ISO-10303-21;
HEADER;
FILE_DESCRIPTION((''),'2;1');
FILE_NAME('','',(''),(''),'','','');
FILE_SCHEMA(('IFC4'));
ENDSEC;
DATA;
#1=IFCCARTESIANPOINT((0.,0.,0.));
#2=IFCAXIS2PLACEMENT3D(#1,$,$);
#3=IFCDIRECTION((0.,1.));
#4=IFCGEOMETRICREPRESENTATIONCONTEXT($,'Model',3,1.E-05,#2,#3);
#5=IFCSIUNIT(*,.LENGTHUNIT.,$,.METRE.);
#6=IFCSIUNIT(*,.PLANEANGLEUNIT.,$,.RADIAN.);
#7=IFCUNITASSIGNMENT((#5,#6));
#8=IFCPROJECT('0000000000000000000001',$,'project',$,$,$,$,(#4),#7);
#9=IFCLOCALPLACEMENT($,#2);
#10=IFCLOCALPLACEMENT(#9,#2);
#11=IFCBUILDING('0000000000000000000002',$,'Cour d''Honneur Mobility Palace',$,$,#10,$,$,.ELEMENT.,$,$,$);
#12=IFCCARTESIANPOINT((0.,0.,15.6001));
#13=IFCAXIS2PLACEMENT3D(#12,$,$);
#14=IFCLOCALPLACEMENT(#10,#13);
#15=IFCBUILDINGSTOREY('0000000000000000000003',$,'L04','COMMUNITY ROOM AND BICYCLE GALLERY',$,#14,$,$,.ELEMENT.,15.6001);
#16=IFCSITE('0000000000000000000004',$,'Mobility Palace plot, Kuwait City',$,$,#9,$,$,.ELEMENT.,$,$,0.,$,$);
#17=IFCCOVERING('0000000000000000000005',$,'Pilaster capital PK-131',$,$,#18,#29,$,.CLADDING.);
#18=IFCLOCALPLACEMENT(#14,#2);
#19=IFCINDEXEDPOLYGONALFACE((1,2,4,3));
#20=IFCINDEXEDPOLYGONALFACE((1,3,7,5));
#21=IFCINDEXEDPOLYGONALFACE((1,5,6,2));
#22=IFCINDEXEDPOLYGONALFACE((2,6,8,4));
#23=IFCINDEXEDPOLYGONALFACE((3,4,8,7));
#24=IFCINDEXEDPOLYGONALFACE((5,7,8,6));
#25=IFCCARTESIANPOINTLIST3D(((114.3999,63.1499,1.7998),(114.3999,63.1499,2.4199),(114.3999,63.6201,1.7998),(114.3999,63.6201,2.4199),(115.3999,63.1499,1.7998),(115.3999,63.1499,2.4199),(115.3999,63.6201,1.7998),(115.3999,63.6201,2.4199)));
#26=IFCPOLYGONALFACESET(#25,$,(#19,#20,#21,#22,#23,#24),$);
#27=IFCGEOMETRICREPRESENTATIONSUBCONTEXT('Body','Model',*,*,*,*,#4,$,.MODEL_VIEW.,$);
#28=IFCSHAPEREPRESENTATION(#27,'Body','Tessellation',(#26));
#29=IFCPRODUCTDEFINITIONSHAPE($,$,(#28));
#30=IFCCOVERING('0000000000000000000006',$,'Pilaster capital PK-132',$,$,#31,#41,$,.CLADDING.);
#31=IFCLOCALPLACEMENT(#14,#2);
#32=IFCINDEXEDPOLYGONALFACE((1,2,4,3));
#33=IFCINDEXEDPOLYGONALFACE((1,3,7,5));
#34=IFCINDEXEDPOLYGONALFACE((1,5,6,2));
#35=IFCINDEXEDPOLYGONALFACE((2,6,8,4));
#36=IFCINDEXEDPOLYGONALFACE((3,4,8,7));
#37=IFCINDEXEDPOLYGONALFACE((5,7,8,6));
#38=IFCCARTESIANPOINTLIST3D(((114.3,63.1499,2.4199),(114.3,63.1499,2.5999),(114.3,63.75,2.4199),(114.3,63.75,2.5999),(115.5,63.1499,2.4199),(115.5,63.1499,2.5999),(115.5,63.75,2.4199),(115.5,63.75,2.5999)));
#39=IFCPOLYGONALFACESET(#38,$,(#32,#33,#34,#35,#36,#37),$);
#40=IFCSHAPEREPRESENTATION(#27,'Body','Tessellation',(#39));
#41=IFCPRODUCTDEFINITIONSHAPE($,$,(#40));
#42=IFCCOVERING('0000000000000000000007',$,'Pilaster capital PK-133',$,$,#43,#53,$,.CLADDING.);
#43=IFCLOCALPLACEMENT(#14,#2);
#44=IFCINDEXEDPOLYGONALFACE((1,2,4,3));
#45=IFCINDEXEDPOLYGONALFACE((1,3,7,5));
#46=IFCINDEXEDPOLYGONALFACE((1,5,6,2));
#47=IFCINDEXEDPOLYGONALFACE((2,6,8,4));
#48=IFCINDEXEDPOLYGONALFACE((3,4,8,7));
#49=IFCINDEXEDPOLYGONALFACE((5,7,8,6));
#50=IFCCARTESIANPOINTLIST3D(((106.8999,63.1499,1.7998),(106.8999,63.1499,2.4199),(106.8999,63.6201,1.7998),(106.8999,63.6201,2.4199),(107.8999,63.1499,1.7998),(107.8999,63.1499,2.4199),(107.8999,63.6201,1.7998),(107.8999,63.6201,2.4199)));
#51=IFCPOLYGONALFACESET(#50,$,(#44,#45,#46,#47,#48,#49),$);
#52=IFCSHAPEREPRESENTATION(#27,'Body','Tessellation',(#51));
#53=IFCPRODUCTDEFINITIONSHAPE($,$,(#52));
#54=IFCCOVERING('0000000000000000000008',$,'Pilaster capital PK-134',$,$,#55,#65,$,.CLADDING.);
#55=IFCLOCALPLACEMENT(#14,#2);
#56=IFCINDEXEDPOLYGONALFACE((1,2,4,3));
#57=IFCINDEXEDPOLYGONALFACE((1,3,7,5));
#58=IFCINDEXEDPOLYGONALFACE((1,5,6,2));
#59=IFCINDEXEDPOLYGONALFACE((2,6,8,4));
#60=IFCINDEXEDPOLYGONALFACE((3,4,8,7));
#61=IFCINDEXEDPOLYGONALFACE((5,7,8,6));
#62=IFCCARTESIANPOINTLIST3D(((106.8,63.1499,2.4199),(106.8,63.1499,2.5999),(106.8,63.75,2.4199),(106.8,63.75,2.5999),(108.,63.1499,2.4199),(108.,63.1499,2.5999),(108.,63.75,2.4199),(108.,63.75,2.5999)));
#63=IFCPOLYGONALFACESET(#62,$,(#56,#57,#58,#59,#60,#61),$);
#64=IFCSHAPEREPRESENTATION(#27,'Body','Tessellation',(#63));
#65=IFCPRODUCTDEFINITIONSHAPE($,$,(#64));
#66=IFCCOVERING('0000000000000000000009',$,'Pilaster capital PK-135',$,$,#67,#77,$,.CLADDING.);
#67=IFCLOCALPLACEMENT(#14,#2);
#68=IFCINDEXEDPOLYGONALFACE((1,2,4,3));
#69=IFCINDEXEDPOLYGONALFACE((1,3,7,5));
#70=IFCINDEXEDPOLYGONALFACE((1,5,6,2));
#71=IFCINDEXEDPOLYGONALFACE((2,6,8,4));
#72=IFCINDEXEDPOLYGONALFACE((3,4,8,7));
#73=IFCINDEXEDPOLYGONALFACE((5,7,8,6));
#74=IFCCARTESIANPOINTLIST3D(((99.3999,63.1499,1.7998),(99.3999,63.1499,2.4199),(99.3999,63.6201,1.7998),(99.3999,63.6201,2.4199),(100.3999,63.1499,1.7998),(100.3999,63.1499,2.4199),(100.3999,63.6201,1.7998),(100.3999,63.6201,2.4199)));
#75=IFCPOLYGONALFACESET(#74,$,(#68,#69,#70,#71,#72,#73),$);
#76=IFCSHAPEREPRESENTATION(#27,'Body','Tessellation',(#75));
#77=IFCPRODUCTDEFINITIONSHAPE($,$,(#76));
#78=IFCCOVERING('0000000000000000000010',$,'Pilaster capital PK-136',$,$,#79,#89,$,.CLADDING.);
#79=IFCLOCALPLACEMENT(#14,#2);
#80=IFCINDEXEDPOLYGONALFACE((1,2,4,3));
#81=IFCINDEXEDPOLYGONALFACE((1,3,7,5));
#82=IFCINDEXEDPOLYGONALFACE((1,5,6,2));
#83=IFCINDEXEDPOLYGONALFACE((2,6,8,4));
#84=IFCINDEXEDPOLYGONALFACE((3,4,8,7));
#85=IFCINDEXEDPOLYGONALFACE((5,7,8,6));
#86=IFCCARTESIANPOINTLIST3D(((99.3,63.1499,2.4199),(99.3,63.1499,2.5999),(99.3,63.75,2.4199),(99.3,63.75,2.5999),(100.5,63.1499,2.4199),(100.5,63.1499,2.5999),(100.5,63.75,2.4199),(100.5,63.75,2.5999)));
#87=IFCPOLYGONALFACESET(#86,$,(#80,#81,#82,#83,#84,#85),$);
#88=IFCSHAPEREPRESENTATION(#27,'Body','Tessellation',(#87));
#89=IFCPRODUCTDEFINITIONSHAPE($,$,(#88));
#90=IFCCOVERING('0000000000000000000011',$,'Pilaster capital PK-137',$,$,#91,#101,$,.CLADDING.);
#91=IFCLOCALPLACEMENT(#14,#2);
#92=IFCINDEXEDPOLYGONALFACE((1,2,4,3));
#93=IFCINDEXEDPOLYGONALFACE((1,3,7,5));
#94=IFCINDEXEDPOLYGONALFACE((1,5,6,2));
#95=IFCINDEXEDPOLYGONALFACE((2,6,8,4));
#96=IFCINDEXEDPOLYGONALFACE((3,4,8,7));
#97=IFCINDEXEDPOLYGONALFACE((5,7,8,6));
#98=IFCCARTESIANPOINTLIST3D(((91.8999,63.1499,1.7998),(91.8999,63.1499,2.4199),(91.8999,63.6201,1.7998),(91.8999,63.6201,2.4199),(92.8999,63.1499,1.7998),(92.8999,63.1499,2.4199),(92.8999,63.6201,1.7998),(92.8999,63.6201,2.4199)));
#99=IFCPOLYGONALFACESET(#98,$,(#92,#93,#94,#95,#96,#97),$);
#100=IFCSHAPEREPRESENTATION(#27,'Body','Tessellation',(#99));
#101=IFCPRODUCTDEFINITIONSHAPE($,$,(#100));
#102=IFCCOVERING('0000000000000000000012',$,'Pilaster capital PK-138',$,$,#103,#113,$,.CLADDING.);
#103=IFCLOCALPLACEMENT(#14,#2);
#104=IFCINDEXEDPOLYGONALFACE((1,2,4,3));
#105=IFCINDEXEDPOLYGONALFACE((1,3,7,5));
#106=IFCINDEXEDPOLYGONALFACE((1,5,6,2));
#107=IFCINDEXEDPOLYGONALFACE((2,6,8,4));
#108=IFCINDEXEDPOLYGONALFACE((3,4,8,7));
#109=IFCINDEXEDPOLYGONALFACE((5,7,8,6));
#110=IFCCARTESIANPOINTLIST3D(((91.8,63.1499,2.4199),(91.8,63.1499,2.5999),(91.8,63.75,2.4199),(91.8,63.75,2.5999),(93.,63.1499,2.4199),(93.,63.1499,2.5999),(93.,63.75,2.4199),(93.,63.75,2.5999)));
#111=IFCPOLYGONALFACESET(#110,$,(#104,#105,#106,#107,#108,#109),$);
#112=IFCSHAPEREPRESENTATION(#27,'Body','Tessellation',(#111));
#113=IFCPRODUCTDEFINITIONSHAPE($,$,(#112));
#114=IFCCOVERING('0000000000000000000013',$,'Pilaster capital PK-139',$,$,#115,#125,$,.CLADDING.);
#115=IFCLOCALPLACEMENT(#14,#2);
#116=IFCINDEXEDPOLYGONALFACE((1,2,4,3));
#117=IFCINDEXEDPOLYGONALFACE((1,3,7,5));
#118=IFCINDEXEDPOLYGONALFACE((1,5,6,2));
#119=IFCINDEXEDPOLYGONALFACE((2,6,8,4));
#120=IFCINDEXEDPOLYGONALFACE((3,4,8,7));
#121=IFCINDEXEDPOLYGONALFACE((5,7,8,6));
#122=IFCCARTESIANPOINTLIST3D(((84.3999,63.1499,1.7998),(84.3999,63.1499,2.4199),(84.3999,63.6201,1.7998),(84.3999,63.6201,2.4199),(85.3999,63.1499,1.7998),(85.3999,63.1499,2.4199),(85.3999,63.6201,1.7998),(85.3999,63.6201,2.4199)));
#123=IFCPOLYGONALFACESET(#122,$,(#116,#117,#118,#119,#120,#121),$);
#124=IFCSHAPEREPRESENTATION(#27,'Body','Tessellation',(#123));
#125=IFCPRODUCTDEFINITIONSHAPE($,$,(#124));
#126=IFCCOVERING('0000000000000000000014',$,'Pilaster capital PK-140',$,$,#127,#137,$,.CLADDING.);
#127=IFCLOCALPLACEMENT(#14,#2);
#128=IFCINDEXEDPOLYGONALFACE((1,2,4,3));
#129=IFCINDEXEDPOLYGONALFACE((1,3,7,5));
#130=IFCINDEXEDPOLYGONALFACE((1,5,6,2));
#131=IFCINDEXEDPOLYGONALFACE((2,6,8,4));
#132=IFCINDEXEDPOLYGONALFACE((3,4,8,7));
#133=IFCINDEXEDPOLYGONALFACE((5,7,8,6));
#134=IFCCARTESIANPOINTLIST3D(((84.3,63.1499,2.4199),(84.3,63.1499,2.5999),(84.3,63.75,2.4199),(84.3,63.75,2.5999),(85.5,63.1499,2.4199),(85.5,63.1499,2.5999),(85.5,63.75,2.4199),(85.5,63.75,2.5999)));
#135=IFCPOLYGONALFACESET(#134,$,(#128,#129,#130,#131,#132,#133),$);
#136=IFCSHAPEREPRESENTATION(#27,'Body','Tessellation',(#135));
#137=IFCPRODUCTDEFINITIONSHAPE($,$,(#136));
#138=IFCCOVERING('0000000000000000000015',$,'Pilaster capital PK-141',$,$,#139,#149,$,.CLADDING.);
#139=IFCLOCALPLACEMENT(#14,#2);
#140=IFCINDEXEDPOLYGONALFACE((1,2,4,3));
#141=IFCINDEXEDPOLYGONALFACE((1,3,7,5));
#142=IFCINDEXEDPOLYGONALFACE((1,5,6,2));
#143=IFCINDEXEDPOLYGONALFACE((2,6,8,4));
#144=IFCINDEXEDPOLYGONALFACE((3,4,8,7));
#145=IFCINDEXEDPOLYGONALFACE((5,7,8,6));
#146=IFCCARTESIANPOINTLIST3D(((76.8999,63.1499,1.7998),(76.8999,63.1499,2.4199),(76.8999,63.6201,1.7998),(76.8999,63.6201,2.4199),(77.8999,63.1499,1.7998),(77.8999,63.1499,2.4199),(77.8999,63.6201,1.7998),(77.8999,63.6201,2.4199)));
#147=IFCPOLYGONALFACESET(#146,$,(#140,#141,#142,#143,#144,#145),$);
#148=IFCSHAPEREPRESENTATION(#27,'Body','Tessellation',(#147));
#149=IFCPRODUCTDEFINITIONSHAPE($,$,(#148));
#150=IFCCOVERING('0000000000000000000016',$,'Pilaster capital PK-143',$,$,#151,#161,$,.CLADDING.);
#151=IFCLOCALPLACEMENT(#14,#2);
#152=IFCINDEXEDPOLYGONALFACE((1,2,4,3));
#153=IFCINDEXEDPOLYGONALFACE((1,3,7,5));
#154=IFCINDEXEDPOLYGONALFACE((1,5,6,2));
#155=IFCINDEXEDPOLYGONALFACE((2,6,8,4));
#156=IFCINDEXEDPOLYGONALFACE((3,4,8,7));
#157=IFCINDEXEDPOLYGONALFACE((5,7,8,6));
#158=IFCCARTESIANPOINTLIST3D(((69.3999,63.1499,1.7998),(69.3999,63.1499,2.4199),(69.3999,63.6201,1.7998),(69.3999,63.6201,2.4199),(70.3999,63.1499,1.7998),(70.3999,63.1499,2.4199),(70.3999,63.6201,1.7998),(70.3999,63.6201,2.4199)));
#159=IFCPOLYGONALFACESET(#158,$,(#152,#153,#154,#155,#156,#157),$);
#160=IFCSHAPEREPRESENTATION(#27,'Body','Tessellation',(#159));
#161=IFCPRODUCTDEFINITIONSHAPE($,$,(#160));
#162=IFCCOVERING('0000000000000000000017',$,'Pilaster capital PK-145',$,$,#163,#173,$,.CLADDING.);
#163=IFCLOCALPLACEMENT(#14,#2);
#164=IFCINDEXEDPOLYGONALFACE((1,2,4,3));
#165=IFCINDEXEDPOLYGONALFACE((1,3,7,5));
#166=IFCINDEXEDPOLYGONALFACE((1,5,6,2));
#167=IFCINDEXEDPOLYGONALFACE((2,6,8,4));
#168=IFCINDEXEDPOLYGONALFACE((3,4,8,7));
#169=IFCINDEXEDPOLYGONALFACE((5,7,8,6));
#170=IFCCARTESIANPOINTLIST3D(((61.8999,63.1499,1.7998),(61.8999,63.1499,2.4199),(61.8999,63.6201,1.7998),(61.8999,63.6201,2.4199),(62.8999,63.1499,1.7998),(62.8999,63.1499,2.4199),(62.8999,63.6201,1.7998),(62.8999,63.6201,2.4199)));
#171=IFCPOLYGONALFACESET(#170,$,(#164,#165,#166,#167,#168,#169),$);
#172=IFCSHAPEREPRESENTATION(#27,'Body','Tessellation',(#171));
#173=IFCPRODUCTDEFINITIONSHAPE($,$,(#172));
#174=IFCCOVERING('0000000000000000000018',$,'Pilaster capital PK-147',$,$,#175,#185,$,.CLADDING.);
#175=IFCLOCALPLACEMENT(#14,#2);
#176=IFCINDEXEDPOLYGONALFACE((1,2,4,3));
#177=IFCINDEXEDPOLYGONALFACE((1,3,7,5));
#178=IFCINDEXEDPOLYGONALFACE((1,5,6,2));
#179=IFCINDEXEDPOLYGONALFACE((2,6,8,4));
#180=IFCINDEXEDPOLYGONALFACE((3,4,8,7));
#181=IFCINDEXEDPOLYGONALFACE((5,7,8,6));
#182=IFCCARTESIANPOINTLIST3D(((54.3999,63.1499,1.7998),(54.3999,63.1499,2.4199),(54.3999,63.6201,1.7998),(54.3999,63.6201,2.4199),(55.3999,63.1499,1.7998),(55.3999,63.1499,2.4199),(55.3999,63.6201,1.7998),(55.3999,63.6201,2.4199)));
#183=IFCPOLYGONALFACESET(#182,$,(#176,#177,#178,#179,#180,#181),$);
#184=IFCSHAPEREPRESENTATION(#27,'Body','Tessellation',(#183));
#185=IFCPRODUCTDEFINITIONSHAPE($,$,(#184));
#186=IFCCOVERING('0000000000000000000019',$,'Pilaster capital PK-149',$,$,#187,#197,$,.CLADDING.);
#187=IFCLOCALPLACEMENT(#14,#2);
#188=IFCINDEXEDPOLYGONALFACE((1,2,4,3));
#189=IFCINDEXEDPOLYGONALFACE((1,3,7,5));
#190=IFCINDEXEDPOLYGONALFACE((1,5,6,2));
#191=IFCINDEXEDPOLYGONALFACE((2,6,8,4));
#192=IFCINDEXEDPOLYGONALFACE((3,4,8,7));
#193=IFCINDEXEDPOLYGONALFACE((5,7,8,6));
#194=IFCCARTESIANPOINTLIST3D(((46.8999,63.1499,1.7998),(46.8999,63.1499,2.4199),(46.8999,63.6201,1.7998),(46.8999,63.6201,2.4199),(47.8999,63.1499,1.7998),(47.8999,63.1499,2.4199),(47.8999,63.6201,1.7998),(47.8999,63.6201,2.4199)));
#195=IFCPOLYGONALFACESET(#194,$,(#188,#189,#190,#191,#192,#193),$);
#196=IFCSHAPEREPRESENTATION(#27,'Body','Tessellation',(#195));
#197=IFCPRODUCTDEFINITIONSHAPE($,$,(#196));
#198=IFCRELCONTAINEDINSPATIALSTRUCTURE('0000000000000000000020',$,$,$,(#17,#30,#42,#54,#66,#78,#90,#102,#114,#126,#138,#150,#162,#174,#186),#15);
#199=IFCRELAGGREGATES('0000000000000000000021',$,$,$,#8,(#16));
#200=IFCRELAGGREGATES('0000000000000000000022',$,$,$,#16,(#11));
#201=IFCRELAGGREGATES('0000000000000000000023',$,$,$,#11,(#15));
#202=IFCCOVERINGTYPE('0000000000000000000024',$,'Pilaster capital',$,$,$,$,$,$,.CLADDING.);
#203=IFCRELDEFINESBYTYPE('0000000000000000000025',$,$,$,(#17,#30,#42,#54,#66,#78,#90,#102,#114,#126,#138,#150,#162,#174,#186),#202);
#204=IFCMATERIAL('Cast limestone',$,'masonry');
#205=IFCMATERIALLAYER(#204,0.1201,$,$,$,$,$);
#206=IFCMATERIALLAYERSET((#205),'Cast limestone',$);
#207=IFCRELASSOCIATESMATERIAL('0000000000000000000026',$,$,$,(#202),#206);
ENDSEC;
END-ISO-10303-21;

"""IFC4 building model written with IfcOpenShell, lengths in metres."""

from ifc_helpers import new_model, si_unit, direction, frame, origin, place, context, subcontext, project, spatial, polyline, outline, extrude, material, layer, layer_set, type_object, element, save


model = new_model("IFC4")

# Units and contexts
model_context = context("Model", 3, precision=1e-05, world=origin(), true_north=direction((0.0, 1.0)))
body_context = subcontext(model_context, "Body", "Model", "MODEL_VIEW")
ifc_project = project(units=[si_unit("LENGTHUNIT", "METRE"), si_unit("PLANEANGLEUNIT", "RADIAN")], contexts=[model_context])

# Site, building, storey
site_placement = place(None, origin())
site = spatial("IfcSite", under=ifc_project, at=site_placement, Name="Mobility Palace plot, Kuwait City", CompositionType="ELEMENT", RefElevation=0.0)
building_placement = place(site_placement, origin())
building = spatial("IfcBuilding", under=site, at=building_placement, Name="Cour d'Honneur Mobility Palace", CompositionType="ELEMENT")
storey_placement = place(building_placement, frame((0.0, 0.0, 15.6001)))
storey = spatial("IfcBuildingStorey", under=building, at=storey_placement, Name="L04", Description="COMMUNITY ROOM AND BICYCLE GALLERY", CompositionType="ELEMENT", Elevation=15.6001)

# Coverings
ifc_material_1 = material(Name="Cast limestone", Category="masonry")
ifc_layer_1 = layer(ifc_material_1, 0.1201)
ifc_layer_set_1 = layer_set([ifc_layer_1], Name="Cast limestone")
covering_type_1 = type_object("IfcCoveringType", Name="Pilaster capital", PredefinedType="CLADDING", material=ifc_layer_set_1)
covering_1_placement = place(storey_placement, frame((0.0, 0.0, 1.7998)))
element("IfcCovering", 1, at=covering_1_placement, inside=storey, type_object=covering_type_1, Name="Pilaster capital PK-131", PredefinedType="CLADDING", context=body_context, shape_type="SweptSolid", body=[
    extrude(outline(polyline([(115.3999, 63.1499), (114.3999, 63.1499), (114.3999, 63.6201), (115.3999, 63.6201), (115.3999, 63.1499)])), origin(), (0.0, 0.0, 1.0), 0.6201),
])
covering_2_placement = place(storey_placement, frame((0.0, 0.0, 2.4199)))
element("IfcCovering", 2, at=covering_2_placement, inside=storey, type_object=covering_type_1, Name="Pilaster capital PK-132", PredefinedType="CLADDING", context=body_context, shape_type="SweptSolid", body=[
    extrude(outline(polyline([(115.5, 63.1499), (114.3, 63.1499), (114.3, 63.75), (115.5, 63.75), (115.5, 63.1499)])), origin(), (0.0, 0.0, 1.0), 0.1799),
])
covering_3_placement = place(storey_placement, frame((0.0, 0.0, 1.7998)))
element("IfcCovering", 3, at=covering_3_placement, inside=storey, type_object=covering_type_1, Name="Pilaster capital PK-133", PredefinedType="CLADDING", context=body_context, shape_type="SweptSolid", body=[
    extrude(outline(polyline([(107.8999, 63.1499), (106.8999, 63.1499), (106.8999, 63.6201), (107.8999, 63.6201), (107.8999, 63.1499)])), origin(), (0.0, 0.0, 1.0), 0.6201),
])
covering_4_placement = place(storey_placement, frame((0.0, 0.0, 2.4199)))
element("IfcCovering", 4, at=covering_4_placement, inside=storey, type_object=covering_type_1, Name="Pilaster capital PK-134", PredefinedType="CLADDING", context=body_context, shape_type="SweptSolid", body=[
    extrude(outline(polyline([(108.0, 63.1499), (106.8, 63.1499), (106.8, 63.75), (108.0, 63.75), (108.0, 63.1499)])), origin(), (0.0, 0.0, 1.0), 0.1799),
])
covering_5_placement = place(storey_placement, frame((0.0, 0.0, 1.7998)))
element("IfcCovering", 5, at=covering_5_placement, inside=storey, type_object=covering_type_1, Name="Pilaster capital PK-135", PredefinedType="CLADDING", context=body_context, shape_type="SweptSolid", body=[
    extrude(outline(polyline([(100.3999, 63.1499), (99.3999, 63.1499), (99.3999, 63.6201), (100.3999, 63.6201), (100.3999, 63.1499)])), origin(), (0.0, 0.0, 1.0), 0.6201),
])
covering_6_placement = place(storey_placement, frame((0.0, 0.0, 2.4199)))
element("IfcCovering", 6, at=covering_6_placement, inside=storey, type_object=covering_type_1, Name="Pilaster capital PK-136", PredefinedType="CLADDING", context=body_context, shape_type="SweptSolid", body=[
    extrude(outline(polyline([(100.5, 63.1499), (99.3, 63.1499), (99.3, 63.75), (100.5, 63.75), (100.5, 63.1499)])), origin(), (0.0, 0.0, 1.0), 0.1799),
])
covering_7_placement = place(storey_placement, frame((0.0, 0.0, 1.7998)))
element("IfcCovering", 7, at=covering_7_placement, inside=storey, type_object=covering_type_1, Name="Pilaster capital PK-137", PredefinedType="CLADDING", context=body_context, shape_type="SweptSolid", body=[
    extrude(outline(polyline([(92.8999, 63.1499), (91.8999, 63.1499), (91.8999, 63.6201), (92.8999, 63.6201), (92.8999, 63.1499)])), origin(), (0.0, 0.0, 1.0), 0.6201),
])
covering_8_placement = place(storey_placement, frame((0.0, 0.0, 2.4199)))
element("IfcCovering", 8, at=covering_8_placement, inside=storey, type_object=covering_type_1, Name="Pilaster capital PK-138", PredefinedType="CLADDING", context=body_context, shape_type="SweptSolid", body=[
    extrude(outline(polyline([(93.0, 63.1499), (91.8, 63.1499), (91.8, 63.75), (93.0, 63.75), (93.0, 63.1499)])), origin(), (0.0, 0.0, 1.0), 0.1799),
])
covering_9_placement = place(storey_placement, frame((0.0, 0.0, 1.7998)))
element("IfcCovering", 9, at=covering_9_placement, inside=storey, type_object=covering_type_1, Name="Pilaster capital PK-139", PredefinedType="CLADDING", context=body_context, shape_type="SweptSolid", body=[
    extrude(outline(polyline([(85.3999, 63.1499), (84.3999, 63.1499), (84.3999, 63.6201), (85.3999, 63.6201), (85.3999, 63.1499)])), origin(), (0.0, 0.0, 1.0), 0.6201),
])
covering_10_placement = place(storey_placement, frame((0.0, 0.0, 2.4199)))
element("IfcCovering", 10, at=covering_10_placement, inside=storey, type_object=covering_type_1, Name="Pilaster capital PK-140", PredefinedType="CLADDING", context=body_context, shape_type="SweptSolid", body=[
    extrude(outline(polyline([(85.5, 63.1499), (84.3, 63.1499), (84.3, 63.75), (85.5, 63.75), (85.5, 63.1499)])), origin(), (0.0, 0.0, 1.0), 0.1799),
])
covering_11_placement = place(storey_placement, frame((0.0, 0.0, 1.7998)))
element("IfcCovering", 11, at=covering_11_placement, inside=storey, type_object=covering_type_1, Name="Pilaster capital PK-141", PredefinedType="CLADDING", context=body_context, shape_type="SweptSolid", body=[
    extrude(outline(polyline([(77.8999, 63.1499), (76.8999, 63.1499), (76.8999, 63.6201), (77.8999, 63.6201), (77.8999, 63.1499)])), origin(), (0.0, 0.0, 1.0), 0.6201),
])
covering_12_placement = place(storey_placement, frame((0.0, 0.0, 1.7998)))
element("IfcCovering", 12, at=covering_12_placement, inside=storey, type_object=covering_type_1, Name="Pilaster capital PK-143", PredefinedType="CLADDING", context=body_context, shape_type="SweptSolid", body=[
    extrude(outline(polyline([(70.3999, 63.1499), (69.3999, 63.1499), (69.3999, 63.6201), (70.3999, 63.6201), (70.3999, 63.1499)])), origin(), (0.0, 0.0, 1.0), 0.6201),
])
covering_13_placement = place(storey_placement, frame((0.0, 0.0, 1.7998)))
element("IfcCovering", 13, at=covering_13_placement, inside=storey, type_object=covering_type_1, Name="Pilaster capital PK-145", PredefinedType="CLADDING", context=body_context, shape_type="SweptSolid", body=[
    extrude(outline(polyline([(62.8999, 63.1499), (61.8999, 63.1499), (61.8999, 63.6201), (62.8999, 63.6201), (62.8999, 63.1499)])), origin(), (0.0, 0.0, 1.0), 0.6201),
])
covering_14_placement = place(storey_placement, frame((0.0, 0.0, 1.7998)))
element("IfcCovering", 14, at=covering_14_placement, inside=storey, type_object=covering_type_1, Name="Pilaster capital PK-147", PredefinedType="CLADDING", context=body_context, shape_type="SweptSolid", body=[
    extrude(outline(polyline([(55.3999, 63.1499), (54.3999, 63.1499), (54.3999, 63.6201), (55.3999, 63.6201), (55.3999, 63.1499)])), origin(), (0.0, 0.0, 1.0), 0.6201),
])
covering_15_placement = place(storey_placement, frame((0.0, 0.0, 1.7998)))
element("IfcCovering", 15, at=covering_15_placement, inside=storey, type_object=covering_type_1, Name="Pilaster capital PK-149", PredefinedType="CLADDING", context=body_context, shape_type="SweptSolid", body=[
    extrude(outline(polyline([(47.8999, 63.1499), (46.8999, 63.1499), (46.8999, 63.6201), (47.8999, 63.6201), (47.8999, 63.1499)])), origin(), (0.0, 0.0, 1.0), 0.6201),
])

save(model, "model.ifc")
